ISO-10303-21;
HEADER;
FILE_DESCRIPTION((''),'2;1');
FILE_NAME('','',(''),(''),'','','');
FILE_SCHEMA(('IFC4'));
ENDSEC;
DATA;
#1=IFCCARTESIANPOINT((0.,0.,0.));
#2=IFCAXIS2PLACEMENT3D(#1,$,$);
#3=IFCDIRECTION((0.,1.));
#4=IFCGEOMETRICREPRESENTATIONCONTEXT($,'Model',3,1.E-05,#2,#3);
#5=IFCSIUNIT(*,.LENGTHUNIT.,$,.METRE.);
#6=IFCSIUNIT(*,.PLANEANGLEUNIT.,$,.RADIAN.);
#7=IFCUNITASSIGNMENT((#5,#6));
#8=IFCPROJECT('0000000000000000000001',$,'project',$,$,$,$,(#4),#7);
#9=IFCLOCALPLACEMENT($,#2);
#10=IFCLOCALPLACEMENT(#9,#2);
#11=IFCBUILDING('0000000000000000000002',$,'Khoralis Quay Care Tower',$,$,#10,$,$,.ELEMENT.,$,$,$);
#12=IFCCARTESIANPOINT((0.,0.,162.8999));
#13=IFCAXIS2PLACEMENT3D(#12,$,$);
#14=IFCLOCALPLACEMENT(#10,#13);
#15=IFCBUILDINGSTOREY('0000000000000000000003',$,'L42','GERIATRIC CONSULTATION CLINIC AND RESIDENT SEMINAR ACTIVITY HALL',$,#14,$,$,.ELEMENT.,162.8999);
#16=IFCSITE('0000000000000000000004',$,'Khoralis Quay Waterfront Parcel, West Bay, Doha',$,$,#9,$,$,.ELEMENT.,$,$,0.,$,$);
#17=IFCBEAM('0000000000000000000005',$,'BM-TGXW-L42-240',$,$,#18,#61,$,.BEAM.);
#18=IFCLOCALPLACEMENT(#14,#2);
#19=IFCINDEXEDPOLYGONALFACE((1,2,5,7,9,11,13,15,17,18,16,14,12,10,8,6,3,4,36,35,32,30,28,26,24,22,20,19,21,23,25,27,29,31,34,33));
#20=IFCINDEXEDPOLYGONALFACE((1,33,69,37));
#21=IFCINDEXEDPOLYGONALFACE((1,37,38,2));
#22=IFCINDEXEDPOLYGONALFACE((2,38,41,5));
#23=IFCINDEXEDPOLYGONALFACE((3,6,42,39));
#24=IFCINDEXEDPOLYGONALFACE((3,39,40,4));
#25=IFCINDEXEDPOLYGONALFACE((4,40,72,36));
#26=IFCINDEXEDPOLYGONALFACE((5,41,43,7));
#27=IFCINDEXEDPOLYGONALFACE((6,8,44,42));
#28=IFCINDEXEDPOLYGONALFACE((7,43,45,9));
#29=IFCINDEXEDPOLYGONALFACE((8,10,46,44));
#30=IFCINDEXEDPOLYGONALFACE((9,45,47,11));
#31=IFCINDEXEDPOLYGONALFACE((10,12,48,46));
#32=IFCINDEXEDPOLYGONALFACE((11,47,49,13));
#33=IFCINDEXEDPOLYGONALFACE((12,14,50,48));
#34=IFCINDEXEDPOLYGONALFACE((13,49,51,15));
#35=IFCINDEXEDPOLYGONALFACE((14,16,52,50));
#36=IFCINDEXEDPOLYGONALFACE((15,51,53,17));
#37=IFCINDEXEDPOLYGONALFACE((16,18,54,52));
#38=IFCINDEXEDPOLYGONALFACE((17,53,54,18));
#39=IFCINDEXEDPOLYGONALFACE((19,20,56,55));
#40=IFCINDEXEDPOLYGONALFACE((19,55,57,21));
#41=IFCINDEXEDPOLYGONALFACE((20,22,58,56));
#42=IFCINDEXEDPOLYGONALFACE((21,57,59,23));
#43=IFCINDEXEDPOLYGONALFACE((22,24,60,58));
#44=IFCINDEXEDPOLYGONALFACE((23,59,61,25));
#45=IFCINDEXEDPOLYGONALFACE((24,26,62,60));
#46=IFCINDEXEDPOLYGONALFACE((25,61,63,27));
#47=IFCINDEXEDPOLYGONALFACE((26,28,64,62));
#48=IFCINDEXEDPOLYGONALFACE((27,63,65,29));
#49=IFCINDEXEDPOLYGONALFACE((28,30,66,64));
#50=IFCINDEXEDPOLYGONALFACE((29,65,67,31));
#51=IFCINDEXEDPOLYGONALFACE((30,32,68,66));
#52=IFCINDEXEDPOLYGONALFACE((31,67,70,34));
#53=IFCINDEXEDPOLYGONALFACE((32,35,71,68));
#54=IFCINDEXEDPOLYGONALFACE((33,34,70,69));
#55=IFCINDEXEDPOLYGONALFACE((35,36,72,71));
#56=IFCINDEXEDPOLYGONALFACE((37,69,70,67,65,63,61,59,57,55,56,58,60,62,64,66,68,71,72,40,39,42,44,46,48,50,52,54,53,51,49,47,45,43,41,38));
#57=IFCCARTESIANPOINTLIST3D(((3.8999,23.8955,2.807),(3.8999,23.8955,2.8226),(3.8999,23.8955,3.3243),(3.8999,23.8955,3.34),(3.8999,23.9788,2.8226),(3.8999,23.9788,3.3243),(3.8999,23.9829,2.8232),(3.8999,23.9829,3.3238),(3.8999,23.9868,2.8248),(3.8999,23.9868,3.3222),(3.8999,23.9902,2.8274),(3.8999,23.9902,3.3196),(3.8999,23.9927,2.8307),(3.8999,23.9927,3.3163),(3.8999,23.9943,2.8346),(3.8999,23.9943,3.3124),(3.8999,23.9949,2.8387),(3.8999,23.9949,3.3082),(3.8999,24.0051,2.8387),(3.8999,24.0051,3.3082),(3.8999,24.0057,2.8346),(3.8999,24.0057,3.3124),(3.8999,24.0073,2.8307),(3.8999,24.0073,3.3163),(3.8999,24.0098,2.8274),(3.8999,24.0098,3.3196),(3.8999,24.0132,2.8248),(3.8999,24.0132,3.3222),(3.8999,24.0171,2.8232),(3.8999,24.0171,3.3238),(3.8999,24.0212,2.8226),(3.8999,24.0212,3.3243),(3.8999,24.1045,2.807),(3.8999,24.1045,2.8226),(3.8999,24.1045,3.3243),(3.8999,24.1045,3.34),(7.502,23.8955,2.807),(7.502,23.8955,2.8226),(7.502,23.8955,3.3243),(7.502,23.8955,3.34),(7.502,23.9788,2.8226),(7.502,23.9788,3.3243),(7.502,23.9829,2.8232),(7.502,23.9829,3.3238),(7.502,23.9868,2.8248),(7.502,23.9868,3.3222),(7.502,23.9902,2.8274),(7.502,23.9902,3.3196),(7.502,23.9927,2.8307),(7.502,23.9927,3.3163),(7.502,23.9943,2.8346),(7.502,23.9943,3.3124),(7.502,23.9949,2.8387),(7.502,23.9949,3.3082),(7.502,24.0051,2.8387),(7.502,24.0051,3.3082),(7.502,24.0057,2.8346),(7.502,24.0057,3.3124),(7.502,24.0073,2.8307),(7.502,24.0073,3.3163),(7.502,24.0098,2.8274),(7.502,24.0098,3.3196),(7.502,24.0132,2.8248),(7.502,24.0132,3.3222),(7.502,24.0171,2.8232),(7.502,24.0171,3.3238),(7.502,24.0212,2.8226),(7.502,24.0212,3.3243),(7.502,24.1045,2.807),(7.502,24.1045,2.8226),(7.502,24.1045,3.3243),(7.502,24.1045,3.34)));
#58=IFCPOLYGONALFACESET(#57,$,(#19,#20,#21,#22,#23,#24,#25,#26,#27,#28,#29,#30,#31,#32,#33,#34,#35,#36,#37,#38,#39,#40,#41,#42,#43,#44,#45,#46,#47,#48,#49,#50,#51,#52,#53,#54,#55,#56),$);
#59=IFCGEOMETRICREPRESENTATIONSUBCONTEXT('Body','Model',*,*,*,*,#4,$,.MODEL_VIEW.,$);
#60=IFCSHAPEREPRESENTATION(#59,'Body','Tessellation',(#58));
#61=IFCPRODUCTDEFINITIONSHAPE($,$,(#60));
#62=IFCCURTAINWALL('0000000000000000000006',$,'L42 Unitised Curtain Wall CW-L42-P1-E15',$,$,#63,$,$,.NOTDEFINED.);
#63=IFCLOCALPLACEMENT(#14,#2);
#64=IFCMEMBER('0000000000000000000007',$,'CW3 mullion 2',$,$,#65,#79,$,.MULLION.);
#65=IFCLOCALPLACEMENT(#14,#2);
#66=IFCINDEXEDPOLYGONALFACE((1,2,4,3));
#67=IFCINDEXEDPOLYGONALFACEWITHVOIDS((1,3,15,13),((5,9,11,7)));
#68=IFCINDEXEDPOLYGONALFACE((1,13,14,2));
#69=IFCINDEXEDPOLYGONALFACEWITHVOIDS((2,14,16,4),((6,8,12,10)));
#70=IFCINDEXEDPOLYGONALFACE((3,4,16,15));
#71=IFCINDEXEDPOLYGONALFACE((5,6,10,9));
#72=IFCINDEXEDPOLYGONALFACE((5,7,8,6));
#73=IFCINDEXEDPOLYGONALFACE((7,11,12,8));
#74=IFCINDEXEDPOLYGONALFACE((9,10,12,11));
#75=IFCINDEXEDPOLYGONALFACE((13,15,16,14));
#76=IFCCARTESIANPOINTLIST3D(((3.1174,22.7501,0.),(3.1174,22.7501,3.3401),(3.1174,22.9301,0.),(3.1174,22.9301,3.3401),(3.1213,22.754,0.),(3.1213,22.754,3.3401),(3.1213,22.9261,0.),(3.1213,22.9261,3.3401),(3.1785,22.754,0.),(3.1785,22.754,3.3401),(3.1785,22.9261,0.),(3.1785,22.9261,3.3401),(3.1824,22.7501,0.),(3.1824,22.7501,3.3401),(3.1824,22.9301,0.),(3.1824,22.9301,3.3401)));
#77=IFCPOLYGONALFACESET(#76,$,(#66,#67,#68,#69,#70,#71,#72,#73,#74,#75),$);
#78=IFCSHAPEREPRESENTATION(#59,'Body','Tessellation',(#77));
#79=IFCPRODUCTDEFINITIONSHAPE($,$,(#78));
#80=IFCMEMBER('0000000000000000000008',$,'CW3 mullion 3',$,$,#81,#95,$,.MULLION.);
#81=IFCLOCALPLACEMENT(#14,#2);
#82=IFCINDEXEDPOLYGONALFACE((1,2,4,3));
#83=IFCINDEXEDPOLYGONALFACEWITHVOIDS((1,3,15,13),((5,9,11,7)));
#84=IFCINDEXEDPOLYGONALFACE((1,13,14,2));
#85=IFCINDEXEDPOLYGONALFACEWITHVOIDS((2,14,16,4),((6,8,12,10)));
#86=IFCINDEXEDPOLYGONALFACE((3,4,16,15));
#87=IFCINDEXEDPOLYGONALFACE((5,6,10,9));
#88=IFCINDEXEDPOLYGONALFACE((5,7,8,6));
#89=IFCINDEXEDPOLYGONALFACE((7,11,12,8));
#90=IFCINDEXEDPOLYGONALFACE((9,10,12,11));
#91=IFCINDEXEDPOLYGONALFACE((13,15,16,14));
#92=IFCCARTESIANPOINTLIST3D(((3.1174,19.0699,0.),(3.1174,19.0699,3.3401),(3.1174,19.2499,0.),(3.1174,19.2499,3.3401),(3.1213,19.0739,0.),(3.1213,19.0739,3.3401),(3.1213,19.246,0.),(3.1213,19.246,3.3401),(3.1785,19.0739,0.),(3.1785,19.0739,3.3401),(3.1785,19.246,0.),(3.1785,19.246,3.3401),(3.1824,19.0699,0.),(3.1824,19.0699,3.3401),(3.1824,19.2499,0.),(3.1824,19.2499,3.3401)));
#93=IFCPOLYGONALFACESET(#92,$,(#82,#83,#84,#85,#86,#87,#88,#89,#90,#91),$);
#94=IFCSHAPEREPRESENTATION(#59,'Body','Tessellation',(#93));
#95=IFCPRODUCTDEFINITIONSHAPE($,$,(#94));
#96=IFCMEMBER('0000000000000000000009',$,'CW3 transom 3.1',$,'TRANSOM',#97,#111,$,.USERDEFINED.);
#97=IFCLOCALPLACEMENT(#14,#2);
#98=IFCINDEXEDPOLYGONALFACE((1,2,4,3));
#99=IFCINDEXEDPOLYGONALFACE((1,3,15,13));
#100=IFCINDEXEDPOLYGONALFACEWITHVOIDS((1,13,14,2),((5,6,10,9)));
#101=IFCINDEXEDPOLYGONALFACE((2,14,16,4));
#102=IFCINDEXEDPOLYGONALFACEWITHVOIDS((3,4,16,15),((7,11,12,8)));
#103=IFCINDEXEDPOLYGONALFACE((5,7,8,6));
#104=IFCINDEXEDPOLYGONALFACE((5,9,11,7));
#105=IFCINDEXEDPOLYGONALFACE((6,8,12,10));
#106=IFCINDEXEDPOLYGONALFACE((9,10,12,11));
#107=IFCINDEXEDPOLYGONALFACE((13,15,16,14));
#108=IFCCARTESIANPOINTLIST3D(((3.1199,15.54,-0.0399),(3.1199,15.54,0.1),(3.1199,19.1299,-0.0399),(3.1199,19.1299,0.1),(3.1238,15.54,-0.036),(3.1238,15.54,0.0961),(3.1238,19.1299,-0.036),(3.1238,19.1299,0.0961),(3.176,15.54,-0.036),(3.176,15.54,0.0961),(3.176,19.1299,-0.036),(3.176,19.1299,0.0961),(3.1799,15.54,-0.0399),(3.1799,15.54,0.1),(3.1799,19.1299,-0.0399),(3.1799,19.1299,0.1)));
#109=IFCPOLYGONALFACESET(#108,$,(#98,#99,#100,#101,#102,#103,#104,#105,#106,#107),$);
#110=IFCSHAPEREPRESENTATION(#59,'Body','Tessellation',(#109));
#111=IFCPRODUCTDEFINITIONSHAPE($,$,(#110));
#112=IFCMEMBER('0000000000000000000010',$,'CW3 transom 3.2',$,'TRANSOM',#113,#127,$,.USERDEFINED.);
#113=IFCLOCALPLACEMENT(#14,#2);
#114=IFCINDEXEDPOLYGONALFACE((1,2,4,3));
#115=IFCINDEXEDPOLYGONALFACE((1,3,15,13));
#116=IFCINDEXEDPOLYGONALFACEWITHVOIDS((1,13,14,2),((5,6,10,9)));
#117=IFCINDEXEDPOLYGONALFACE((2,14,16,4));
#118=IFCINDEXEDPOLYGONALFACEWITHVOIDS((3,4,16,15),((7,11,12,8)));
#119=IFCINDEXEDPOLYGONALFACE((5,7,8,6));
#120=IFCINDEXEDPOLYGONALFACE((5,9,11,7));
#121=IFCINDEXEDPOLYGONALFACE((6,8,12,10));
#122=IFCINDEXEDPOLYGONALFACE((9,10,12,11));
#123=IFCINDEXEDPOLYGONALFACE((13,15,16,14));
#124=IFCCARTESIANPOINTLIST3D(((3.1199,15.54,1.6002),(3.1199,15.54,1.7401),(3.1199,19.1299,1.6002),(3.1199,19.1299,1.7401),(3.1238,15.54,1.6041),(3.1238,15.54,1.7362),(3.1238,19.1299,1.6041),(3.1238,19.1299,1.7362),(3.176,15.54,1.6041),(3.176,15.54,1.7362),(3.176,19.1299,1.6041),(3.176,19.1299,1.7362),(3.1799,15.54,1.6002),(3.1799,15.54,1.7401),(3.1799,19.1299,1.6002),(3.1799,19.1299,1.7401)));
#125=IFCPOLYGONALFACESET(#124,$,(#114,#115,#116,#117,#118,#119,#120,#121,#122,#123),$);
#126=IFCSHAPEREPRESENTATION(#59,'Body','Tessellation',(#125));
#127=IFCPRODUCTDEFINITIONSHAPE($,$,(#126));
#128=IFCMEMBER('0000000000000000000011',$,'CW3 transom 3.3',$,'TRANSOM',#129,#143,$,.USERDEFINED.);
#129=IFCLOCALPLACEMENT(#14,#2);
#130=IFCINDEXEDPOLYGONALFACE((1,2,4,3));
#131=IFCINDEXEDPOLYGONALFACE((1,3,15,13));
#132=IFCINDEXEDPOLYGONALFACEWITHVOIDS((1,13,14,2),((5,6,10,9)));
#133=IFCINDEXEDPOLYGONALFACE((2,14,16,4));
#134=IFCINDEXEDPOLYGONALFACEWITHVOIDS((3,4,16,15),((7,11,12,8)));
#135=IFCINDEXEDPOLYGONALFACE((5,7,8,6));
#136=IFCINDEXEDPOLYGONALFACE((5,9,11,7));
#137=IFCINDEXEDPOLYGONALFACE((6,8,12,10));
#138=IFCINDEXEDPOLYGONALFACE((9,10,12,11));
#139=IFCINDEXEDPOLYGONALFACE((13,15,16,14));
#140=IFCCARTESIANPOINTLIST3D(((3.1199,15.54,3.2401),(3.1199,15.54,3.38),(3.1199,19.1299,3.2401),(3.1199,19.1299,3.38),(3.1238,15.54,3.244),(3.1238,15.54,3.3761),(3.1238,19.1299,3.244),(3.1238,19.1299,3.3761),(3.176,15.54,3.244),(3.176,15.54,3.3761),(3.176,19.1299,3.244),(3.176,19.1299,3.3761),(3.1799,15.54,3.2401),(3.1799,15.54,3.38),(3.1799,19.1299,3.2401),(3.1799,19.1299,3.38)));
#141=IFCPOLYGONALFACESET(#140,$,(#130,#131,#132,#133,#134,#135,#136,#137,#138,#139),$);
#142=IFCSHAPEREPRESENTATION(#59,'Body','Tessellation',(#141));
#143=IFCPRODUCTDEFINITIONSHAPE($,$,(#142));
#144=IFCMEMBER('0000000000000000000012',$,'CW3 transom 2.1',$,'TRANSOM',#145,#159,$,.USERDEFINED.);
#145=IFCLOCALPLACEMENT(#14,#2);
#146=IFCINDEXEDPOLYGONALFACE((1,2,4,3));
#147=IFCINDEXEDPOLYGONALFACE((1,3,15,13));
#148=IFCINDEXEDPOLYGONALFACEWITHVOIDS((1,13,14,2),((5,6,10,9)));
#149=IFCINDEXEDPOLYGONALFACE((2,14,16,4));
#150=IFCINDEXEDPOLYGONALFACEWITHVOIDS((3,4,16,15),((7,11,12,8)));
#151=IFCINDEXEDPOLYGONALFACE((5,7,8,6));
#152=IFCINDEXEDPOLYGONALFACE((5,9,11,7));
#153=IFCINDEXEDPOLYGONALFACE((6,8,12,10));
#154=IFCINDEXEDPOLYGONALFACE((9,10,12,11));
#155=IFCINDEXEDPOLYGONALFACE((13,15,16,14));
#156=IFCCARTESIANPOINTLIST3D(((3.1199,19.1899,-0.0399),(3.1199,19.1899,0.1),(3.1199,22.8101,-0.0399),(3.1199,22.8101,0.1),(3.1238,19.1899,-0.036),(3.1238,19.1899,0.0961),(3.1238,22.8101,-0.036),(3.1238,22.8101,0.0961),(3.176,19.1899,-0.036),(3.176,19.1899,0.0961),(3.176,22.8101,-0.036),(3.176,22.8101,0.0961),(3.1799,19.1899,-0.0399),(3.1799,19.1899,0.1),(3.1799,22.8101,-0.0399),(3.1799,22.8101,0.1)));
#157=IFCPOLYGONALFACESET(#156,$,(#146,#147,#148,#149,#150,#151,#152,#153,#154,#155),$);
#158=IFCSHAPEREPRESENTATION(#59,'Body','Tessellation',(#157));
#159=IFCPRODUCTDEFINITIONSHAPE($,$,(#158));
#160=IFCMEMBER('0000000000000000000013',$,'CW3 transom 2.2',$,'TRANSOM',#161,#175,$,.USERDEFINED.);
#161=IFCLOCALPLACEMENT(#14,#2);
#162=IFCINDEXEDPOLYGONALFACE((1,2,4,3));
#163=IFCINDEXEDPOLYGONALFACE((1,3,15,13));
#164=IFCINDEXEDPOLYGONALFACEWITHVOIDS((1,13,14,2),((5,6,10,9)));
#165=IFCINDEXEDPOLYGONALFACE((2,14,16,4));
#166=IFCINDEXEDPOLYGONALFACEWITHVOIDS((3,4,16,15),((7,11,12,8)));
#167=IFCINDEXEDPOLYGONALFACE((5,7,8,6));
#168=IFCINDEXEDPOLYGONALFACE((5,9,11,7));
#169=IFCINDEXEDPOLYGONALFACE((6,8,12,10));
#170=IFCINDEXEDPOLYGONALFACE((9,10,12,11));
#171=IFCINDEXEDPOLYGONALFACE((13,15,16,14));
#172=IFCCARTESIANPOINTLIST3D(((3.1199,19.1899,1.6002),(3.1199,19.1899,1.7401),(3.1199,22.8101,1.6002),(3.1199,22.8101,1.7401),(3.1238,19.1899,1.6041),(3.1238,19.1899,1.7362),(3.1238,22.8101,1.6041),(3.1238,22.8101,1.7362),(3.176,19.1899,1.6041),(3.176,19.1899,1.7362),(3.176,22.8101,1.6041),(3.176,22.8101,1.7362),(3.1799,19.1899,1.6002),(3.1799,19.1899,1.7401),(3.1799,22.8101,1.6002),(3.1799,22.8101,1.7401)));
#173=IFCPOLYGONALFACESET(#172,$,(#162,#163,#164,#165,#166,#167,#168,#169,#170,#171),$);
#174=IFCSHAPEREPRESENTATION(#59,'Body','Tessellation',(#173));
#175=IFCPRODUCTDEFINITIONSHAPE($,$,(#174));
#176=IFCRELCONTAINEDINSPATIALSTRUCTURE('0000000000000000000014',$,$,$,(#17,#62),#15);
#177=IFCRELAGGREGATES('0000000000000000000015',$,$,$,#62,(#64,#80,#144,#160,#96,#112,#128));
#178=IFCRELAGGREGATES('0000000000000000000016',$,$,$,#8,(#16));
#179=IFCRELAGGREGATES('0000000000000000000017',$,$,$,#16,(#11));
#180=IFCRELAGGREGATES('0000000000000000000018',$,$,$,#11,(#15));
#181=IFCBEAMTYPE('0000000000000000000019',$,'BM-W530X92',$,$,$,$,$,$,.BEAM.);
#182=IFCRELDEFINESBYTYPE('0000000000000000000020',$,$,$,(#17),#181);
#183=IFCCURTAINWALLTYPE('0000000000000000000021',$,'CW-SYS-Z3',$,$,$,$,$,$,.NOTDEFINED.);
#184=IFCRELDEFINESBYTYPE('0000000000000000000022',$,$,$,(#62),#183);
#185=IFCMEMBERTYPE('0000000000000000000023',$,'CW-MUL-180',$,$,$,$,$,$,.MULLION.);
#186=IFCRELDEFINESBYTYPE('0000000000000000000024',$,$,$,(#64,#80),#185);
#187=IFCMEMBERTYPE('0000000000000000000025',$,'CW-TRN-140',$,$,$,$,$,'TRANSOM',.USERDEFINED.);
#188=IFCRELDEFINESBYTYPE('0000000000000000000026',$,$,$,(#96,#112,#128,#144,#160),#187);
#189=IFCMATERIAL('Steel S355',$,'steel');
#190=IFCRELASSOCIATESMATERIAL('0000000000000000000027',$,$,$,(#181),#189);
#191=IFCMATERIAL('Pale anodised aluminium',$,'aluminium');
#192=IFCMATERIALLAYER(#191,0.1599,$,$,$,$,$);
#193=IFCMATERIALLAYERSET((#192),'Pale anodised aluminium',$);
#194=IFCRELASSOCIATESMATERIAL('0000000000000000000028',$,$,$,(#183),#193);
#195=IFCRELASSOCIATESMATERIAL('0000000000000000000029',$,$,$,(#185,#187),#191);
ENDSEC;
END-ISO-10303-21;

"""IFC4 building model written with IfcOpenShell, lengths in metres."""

from ifc_helpers import new_model, si_unit, direction, frame, origin, origin_2d, place, context, subcontext, project, spatial, hollow_rectangle, i_section, extrude, source, transform, mapped, material, layer, layer_set, material_profile, profile_set, type_object, element, aggregate, save


model = new_model("IFC4")

# Units and contexts
model_context = context("Model", 3, precision=1e-05, world=origin(), true_north=direction((0.0, 1.0)))
body_context = subcontext(model_context, "Body", "Model", "MODEL_VIEW")
ifc_project = project(units=[si_unit("LENGTHUNIT", "METRE"), si_unit("PLANEANGLEUNIT", "RADIAN")], contexts=[model_context])

# Site, building, storey
site_placement = place(None, origin())
site = spatial("IfcSite", under=ifc_project, at=site_placement, Name="Khoralis Quay Waterfront Parcel, West Bay, Doha", CompositionType="ELEMENT", RefElevation=0.0)
building_placement = place(site_placement, origin())
building = spatial("IfcBuilding", under=site, at=building_placement, Name="Khoralis Quay Care Tower", CompositionType="ELEMENT")
storey_placement = place(building_placement, frame((0.0, 0.0, 162.8999)))
storey = spatial("IfcBuildingStorey", under=building, at=storey_placement, Name="L42", Description="GERIATRIC CONSULTATION CLINIC AND RESIDENT SEMINAR ACTIVITY HALL", CompositionType="ELEMENT", Elevation=162.8999)

# Beam
ifc_material_1 = material(Name="Steel S355", Category="steel")
ifc_material_profile_1 = material_profile(ifc_material_1, i_section(OverallWidth=0.209, OverallDepth=0.533, WebThickness=0.0103, FlangeThickness=0.0156, FilletRadius=0.0161, at=origin_2d()), Name="Steel S355")
ifc_profile_set_1 = profile_set([ifc_material_profile_1], Name="Steel S355")
beam_type_1 = type_object("IfcBeamType", Name="BM-W530X92", PredefinedType="BEAM", material=ifc_profile_set_1)
shared_shape_1 = source(origin(), body_context, "Body", "SweptSolid", [
    extrude(i_section(OverallWidth=0.209, OverallDepth=0.533, WebThickness=0.0103, FlangeThickness=0.0156, FilletRadius=0.0161, at=origin_2d()), origin(), (0.0, 0.0, 1.0), 3.6021),
])
for number, where, z_axis, x_axis, name in (
    (1, (3.8999, 24.0, 3.0735), (1.0, 0.0, 0.0), (0.0, 1.0, 0.0), "BM-TGXW-L42-240"),
):
    element("IfcBeam", number, at=place(storey_placement, frame(where, z_axis=z_axis, x_axis=x_axis)), inside=storey, type_object=beam_type_1, Name=name, PredefinedType="BEAM", context=body_context, shape_type="MappedRepresentation", body=[
        mapped(shared_shape_1, transform((0.0, 0.0, 0.0), scale=1.0)),
    ])

# Curtain wall, members
ifc_material_2 = material(Name="Pale anodised aluminium", Category="aluminium")
ifc_layer_1 = layer(ifc_material_2, 0.1599)
ifc_layer_set_1 = layer_set([ifc_layer_1], Name="Pale anodised aluminium")
curtain_wall_type = type_object("IfcCurtainWallType", Name="CW-SYS-Z3", PredefinedType="NOTDEFINED", material=ifc_layer_set_1)
curtain_wall_placement = place(storey_placement, origin())
curtain_wall = element("IfcCurtainWall", 2, at=curtain_wall_placement, inside=storey, type_object=curtain_wall_type, Name="L42 Unitised Curtain Wall CW-L42-P1-E15", PredefinedType="NOTDEFINED")
ifc_material_profile_2 = material_profile(ifc_material_2, hollow_rectangle(XDim=0.0649, YDim=0.1799, WallThickness=0.0039, at=origin_2d()), Name="Pale anodised aluminium")
ifc_profile_set_2 = profile_set([ifc_material_profile_2], Name="Pale anodised aluminium")
member_type_1 = type_object("IfcMemberType", Name="CW-MUL-180", PredefinedType="MULLION", material=ifc_profile_set_2)
shared_shape_2 = source(origin(), body_context, "Body", "SweptSolid", [
    extrude(hollow_rectangle(XDim=0.0649, YDim=0.1799, WallThickness=0.0039, at=origin_2d()), origin(), (0.0, 0.0, 1.0), 3.3401),
])
member_1_placement = place(storey_placement, frame((3.1499, 22.8401, 0.0), z_axis=(0.0, 0.0, 1.0), x_axis=(1.0, 0.0, 0.0)))
member_1 = element("IfcMember", 3, at=member_1_placement, type_object=member_type_1, Name="CW3 mullion 2", PredefinedType="MULLION", context=body_context, shape_type="MappedRepresentation", body=[
    mapped(shared_shape_2, transform((0.0, 0.0, 0.0), scale=1.0)),
])
member_2_placement = place(storey_placement, frame((3.1499, 19.1599, 0.0), z_axis=(0.0, 0.0, 1.0), x_axis=(1.0, 0.0, 0.0)))
member_2 = element("IfcMember", 4, at=member_2_placement, type_object=member_type_1, Name="CW3 mullion 3", PredefinedType="MULLION", context=body_context, shape_type="MappedRepresentation", body=[
    mapped(shared_shape_2, transform((0.0, 0.0, 0.0), scale=1.0)),
])
ifc_material_profile_3 = material_profile(ifc_material_2, hollow_rectangle(XDim=0.0601, YDim=0.1399, WallThickness=0.0039, at=origin_2d()), Name="Pale anodised aluminium")
ifc_profile_set_3 = profile_set([ifc_material_profile_3], Name="Pale anodised aluminium")
member_type_2 = type_object("IfcMemberType", Name="CW-TRN-140", ElementType="TRANSOM", PredefinedType="USERDEFINED", material=ifc_profile_set_3)
shared_shape_3 = source(origin(), body_context, "Body", "SweptSolid", [
    extrude(hollow_rectangle(XDim=0.0601, YDim=0.1399, WallThickness=0.0039, at=origin_2d()), origin(), (0.0, 0.0, 1.0), 3.5898),
])
member_3_placement = place(storey_placement, frame((3.1499, 19.1299, 0.03), z_axis=(0.0, -1.0, 0.0), x_axis=(1.0, 0.0, 0.0)))
member_3 = element("IfcMember", 5, at=member_3_placement, type_object=member_type_2, Name="CW3 transom 3.1", ObjectType="TRANSOM", PredefinedType="USERDEFINED", context=body_context, shape_type="MappedRepresentation", body=[
    mapped(shared_shape_3, transform((0.0, 0.0, 0.0), scale=1.0)),
])
member_4_placement = place(storey_placement, frame((3.1499, 19.1299, 1.6702), z_axis=(0.0, -1.0, 0.0), x_axis=(1.0, 0.0, 0.0)))
member_4 = element("IfcMember", 6, at=member_4_placement, type_object=member_type_2, Name="CW3 transom 3.2", ObjectType="TRANSOM", PredefinedType="USERDEFINED", context=body_context, shape_type="MappedRepresentation", body=[
    mapped(shared_shape_3, transform((0.0, 0.0, 0.0), scale=1.0)),
])
member_5_placement = place(storey_placement, frame((3.1499, 19.1299, 3.3101), z_axis=(0.0, -1.0, 0.0), x_axis=(1.0, 0.0, 0.0)))
member_5 = element("IfcMember", 7, at=member_5_placement, type_object=member_type_2, Name="CW3 transom 3.3", ObjectType="TRANSOM", PredefinedType="USERDEFINED", context=body_context, shape_type="MappedRepresentation", body=[
    mapped(shared_shape_3, transform((0.0, 0.0, 0.0), scale=1.0)),
])
shared_shape_4 = source(origin(), body_context, "Body", "SweptSolid", [
    extrude(hollow_rectangle(XDim=0.0601, YDim=0.1399, WallThickness=0.0039, at=origin_2d()), origin(), (0.0, 0.0, 1.0), 3.6201),
])
member_6_placement = place(storey_placement, frame((3.1499, 22.8101, 0.03), z_axis=(0.0, -1.0, 0.0), x_axis=(1.0, 0.0, 0.0)))
member_6 = element("IfcMember", 8, at=member_6_placement, type_object=member_type_2, Name="CW3 transom 2.1", ObjectType="TRANSOM", PredefinedType="USERDEFINED", context=body_context, shape_type="MappedRepresentation", body=[
    mapped(shared_shape_4, transform((0.0, 0.0, 0.0), scale=1.0)),
])
member_7_placement = place(storey_placement, frame((3.1499, 22.8101, 1.6702), z_axis=(0.0, -1.0, 0.0), x_axis=(1.0, 0.0, 0.0)))
member_7 = element("IfcMember", 9, at=member_7_placement, type_object=member_type_2, Name="CW3 transom 2.2", ObjectType="TRANSOM", PredefinedType="USERDEFINED", context=body_context, shape_type="MappedRepresentation", body=[
    mapped(shared_shape_4, transform((0.0, 0.0, 0.0), scale=1.0)),
])
aggregate(curtain_wall, [member_1, member_2, member_6, member_7, member_3, member_4, member_5])

save(model, "model.ifc")
